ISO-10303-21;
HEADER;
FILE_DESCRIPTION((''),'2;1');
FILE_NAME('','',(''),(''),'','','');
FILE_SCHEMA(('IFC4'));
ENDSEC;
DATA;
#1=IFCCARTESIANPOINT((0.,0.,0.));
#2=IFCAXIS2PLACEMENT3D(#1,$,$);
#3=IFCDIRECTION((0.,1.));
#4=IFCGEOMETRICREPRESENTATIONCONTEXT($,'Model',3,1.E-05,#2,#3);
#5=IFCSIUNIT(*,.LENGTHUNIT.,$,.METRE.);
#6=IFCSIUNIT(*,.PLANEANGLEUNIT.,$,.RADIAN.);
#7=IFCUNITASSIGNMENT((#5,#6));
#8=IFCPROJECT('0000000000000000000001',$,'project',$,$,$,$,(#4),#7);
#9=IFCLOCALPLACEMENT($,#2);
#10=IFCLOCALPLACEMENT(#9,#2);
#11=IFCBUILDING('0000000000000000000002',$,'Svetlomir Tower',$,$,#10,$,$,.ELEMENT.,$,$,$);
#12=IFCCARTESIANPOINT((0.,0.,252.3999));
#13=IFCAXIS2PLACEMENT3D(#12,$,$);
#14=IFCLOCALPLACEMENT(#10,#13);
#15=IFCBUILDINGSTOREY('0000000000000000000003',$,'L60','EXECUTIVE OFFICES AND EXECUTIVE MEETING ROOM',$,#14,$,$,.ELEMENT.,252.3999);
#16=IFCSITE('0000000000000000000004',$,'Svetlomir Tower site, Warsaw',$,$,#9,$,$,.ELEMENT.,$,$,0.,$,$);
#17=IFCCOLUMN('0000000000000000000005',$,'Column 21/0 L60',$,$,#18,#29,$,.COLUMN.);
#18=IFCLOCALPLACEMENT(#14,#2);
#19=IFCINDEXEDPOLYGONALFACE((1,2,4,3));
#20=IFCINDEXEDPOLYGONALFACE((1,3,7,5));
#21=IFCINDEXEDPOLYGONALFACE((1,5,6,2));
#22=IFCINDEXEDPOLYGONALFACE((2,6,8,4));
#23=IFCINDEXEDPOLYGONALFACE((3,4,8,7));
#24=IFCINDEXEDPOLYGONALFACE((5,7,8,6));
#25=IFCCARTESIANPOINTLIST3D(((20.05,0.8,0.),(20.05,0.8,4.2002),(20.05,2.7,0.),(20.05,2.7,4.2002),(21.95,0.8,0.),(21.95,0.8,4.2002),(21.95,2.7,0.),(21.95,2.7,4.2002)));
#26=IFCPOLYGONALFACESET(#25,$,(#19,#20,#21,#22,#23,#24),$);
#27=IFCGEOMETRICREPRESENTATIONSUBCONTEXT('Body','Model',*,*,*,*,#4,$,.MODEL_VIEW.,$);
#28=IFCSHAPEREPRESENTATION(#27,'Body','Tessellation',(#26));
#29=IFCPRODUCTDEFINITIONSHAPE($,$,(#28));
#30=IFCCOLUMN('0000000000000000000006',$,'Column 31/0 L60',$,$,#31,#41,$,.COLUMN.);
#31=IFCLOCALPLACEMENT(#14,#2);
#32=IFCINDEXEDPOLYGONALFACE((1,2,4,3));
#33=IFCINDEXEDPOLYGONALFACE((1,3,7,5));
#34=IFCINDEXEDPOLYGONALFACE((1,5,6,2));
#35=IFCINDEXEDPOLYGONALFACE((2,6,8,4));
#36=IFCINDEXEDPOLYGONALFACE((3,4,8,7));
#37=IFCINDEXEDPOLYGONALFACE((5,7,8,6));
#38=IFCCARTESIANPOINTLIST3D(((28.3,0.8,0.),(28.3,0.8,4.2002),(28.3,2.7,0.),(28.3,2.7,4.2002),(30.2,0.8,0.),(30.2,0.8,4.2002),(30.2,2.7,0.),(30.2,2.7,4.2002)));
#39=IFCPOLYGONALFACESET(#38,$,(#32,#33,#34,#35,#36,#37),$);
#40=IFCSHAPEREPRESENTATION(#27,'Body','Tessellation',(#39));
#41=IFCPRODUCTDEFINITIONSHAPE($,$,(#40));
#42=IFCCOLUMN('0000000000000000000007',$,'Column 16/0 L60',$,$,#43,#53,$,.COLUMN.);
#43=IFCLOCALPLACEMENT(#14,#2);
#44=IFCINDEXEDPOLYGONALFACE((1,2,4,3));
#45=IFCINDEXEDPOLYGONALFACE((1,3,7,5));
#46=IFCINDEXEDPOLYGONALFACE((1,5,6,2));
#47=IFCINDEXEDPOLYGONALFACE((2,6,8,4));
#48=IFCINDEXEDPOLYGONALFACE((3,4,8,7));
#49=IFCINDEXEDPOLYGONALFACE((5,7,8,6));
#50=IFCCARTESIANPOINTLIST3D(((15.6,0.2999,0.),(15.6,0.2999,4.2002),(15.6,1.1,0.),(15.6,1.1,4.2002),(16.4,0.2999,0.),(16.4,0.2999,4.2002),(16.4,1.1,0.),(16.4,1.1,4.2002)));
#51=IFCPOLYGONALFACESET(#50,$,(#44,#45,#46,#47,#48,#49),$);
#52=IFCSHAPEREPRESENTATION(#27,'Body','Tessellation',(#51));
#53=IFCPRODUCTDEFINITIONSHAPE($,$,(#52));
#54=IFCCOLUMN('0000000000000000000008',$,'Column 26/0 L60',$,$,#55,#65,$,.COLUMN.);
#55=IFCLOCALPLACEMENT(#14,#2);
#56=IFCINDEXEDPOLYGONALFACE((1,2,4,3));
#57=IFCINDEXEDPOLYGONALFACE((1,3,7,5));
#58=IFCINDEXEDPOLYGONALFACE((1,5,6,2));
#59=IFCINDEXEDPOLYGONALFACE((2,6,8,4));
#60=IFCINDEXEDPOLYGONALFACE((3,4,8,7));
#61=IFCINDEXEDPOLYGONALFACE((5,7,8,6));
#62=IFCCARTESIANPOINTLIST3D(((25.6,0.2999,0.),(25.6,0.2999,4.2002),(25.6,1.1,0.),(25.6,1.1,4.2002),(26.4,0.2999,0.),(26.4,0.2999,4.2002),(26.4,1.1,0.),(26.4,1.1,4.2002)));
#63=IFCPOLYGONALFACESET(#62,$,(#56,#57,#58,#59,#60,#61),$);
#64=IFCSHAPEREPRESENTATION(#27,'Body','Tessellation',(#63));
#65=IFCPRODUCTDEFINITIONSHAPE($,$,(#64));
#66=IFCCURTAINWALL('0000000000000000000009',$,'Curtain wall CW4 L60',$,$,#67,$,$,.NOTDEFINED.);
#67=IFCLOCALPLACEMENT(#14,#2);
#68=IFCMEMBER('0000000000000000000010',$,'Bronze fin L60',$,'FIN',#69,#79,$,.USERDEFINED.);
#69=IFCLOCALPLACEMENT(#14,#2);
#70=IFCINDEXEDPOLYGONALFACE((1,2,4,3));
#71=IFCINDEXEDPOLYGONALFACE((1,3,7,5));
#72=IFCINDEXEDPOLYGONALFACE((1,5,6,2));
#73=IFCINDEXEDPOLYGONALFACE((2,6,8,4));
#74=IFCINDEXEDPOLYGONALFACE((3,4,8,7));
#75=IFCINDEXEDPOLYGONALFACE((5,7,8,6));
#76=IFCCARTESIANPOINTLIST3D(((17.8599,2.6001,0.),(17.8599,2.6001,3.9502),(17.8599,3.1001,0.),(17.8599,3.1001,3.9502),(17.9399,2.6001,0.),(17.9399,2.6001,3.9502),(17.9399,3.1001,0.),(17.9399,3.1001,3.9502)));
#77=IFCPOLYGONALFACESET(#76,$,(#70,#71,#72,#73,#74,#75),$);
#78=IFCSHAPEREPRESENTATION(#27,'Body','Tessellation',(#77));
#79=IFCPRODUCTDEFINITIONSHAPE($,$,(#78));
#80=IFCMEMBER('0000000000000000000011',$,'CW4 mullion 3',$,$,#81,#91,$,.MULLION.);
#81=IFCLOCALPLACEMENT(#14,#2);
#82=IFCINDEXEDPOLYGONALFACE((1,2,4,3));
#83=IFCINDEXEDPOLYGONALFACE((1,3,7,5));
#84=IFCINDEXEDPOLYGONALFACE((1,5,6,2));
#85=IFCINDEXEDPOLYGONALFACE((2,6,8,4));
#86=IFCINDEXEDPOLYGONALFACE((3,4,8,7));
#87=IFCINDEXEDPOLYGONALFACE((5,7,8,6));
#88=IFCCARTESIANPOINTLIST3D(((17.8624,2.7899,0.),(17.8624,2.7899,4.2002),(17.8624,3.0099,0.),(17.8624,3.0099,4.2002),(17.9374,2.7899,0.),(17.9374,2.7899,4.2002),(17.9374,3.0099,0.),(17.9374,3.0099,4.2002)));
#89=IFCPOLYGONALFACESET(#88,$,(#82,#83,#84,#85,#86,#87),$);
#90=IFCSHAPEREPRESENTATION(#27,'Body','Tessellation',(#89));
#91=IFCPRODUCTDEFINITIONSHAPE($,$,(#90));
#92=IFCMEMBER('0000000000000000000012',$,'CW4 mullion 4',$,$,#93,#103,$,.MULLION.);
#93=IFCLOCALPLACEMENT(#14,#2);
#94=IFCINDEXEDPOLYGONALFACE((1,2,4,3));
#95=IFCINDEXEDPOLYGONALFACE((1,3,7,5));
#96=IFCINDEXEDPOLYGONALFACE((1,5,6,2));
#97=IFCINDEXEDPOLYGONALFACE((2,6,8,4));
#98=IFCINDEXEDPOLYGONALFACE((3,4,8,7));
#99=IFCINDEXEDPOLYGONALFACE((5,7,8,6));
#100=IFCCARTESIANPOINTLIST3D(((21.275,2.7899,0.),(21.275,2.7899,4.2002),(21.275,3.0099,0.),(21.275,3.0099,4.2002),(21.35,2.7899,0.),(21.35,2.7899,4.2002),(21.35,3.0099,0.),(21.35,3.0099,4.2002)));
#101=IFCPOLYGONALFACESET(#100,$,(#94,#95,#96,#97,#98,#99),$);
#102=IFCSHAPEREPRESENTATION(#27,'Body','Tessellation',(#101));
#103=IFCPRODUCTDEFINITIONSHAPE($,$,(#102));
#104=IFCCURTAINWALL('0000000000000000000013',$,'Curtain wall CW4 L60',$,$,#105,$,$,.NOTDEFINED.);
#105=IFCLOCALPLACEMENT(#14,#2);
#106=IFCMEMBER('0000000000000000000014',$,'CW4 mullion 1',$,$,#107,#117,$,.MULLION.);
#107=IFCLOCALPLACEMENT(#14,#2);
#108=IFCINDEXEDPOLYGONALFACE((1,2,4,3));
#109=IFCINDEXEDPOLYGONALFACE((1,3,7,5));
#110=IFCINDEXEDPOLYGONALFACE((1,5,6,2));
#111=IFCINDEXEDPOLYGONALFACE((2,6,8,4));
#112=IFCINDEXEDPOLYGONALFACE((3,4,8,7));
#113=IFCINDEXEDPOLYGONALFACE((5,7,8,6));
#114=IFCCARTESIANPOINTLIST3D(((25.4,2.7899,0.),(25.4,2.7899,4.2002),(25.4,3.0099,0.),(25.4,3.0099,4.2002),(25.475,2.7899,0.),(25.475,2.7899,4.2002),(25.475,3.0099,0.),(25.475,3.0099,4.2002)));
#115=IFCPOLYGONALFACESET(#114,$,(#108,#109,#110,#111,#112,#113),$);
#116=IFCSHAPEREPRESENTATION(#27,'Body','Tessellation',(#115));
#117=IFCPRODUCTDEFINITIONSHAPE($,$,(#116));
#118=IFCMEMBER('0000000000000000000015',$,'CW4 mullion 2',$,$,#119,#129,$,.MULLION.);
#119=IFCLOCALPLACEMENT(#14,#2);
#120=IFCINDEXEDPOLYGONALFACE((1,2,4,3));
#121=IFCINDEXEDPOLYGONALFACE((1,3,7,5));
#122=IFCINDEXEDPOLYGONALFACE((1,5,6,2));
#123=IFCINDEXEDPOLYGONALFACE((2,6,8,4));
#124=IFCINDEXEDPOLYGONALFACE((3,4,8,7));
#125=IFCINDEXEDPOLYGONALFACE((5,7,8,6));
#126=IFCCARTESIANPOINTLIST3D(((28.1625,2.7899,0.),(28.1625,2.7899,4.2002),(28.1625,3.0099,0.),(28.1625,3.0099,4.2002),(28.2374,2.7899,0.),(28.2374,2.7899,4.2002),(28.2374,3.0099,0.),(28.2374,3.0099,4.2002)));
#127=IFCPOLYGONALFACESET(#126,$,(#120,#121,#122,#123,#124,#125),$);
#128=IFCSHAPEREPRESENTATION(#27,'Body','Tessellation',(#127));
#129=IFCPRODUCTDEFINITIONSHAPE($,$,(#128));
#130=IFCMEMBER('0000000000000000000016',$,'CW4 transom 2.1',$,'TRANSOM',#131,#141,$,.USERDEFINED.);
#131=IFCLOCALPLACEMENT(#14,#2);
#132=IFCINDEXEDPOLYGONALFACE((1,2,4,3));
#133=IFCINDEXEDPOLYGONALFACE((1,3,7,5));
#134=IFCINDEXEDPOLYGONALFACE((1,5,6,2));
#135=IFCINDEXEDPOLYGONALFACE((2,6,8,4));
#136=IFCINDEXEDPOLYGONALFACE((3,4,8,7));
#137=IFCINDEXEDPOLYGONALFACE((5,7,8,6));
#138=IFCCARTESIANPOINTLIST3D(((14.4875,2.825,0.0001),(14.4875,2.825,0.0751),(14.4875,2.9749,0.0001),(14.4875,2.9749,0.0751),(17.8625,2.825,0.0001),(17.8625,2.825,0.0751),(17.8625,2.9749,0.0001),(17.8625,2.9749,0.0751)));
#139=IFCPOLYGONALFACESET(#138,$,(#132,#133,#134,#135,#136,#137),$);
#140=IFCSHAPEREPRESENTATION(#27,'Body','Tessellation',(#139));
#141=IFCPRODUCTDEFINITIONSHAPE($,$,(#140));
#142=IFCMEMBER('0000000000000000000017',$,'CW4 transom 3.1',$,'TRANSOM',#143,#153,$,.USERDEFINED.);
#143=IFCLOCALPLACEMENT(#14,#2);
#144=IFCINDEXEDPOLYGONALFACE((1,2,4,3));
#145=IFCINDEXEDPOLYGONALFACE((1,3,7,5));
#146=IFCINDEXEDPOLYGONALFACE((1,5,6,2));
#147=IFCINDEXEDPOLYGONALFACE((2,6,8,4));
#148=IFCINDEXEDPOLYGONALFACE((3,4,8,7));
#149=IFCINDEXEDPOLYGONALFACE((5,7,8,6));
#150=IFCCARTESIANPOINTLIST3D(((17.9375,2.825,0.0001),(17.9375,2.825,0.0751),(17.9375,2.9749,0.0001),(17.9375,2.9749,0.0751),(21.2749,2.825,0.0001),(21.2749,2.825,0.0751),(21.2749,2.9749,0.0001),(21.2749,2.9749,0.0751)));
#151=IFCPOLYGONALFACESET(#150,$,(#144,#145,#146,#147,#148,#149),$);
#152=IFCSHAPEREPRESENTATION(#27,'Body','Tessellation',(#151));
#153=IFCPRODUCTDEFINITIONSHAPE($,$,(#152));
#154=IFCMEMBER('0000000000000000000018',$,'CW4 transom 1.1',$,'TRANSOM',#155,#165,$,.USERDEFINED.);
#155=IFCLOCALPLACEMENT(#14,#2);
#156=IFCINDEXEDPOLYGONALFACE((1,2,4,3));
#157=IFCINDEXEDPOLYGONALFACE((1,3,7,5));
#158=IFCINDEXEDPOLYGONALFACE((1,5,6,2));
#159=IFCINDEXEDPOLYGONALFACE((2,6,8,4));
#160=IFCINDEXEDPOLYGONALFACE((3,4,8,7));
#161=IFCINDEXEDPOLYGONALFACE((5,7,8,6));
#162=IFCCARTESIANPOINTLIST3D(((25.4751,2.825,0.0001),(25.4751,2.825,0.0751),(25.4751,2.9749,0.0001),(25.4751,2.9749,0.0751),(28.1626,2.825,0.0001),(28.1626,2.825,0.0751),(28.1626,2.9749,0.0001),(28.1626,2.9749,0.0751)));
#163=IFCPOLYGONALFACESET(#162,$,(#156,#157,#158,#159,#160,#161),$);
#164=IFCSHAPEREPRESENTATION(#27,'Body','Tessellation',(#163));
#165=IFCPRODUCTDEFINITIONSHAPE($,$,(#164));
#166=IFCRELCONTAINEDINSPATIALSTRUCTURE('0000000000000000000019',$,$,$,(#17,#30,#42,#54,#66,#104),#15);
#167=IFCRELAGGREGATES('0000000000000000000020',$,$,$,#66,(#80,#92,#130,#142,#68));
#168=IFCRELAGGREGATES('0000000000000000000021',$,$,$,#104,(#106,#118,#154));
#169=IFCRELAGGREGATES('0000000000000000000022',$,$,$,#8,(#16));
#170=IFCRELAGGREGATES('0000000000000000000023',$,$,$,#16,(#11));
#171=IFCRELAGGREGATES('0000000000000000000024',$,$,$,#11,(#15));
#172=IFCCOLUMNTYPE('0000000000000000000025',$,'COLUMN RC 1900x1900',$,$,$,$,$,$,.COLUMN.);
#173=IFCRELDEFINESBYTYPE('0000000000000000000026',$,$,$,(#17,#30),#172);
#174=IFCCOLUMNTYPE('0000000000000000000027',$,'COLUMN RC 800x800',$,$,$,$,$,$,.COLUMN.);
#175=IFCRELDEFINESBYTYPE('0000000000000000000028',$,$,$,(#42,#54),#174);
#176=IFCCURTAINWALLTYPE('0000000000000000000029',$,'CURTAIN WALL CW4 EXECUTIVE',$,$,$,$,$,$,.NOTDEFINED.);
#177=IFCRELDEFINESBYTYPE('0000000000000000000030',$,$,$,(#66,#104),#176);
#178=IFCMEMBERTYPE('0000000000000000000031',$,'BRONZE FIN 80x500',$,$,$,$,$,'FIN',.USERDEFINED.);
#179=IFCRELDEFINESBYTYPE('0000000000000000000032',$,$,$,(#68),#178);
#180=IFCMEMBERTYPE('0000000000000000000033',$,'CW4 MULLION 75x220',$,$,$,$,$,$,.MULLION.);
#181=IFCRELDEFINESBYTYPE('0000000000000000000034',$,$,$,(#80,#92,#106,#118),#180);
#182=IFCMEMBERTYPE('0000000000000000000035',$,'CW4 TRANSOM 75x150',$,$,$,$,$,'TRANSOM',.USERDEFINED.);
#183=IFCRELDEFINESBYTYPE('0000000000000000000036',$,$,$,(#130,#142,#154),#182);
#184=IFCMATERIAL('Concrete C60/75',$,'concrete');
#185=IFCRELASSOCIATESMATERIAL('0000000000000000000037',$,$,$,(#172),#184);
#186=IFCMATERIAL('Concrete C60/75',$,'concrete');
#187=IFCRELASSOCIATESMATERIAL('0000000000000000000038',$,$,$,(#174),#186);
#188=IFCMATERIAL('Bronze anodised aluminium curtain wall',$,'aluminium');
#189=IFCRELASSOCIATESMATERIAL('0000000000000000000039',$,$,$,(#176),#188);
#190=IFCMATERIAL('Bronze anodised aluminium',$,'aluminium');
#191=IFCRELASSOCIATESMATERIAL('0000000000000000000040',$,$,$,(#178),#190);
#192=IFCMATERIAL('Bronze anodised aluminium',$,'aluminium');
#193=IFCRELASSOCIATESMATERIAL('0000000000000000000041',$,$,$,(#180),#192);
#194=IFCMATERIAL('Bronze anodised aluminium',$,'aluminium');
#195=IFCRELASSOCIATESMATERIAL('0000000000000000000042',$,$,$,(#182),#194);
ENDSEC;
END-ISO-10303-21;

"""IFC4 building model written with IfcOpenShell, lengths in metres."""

from ifc_helpers import new_model, si_unit, direction, frame, origin, origin_2d, place, context, subcontext, project, spatial, rectangle, extrude, material, material_profile, profile_set, type_object, element, aggregate, save


model = new_model("IFC4")

# Units and contexts
model_context = context("Model", 3, precision=1e-05, world=origin(), true_north=direction((0.0, 1.0)))
body_context = subcontext(model_context, "Body", "Model", "MODEL_VIEW")
ifc_project = project(units=[si_unit("LENGTHUNIT", "METRE"), si_unit("PLANEANGLEUNIT", "RADIAN")], contexts=[model_context])

# Site, building, storey
site_placement = place(None, origin())
site = spatial("IfcSite", under=ifc_project, at=site_placement, Name="Svetlomir Tower site, Warsaw", CompositionType="ELEMENT", RefElevation=0.0)
building_placement = place(site_placement, origin())
building = spatial("IfcBuilding", under=site, at=building_placement, Name="Svetlomir Tower", CompositionType="ELEMENT")
storey_placement = place(building_placement, frame((0.0, 0.0, 252.3999)))
storey = spatial("IfcBuildingStorey", under=building, at=storey_placement, Name="L60", Description="EXECUTIVE OFFICES AND EXECUTIVE MEETING ROOM", CompositionType="ELEMENT", Elevation=252.3999)

# Columns
ifc_material_1 = material(Name="Concrete C60/75", Category="concrete")
ifc_material_profile_1 = material_profile(ifc_material_1, rectangle(XDim=1.8999, YDim=1.8999, at=origin_2d()), Name="RC 1900x1900")
ifc_profile_set_1 = profile_set([ifc_material_profile_1], Name="Concrete C60/75")
column_type_1 = type_object("IfcColumnType", Name="COLUMN RC 1900x1900", PredefinedType="COLUMN", material=ifc_profile_set_1)
for number, where, z_axis, x_axis, name in (
    (1, (21.0, 1.75, 0.0), (0.0, 0.0, 1.0), (1.0, 0.0, 0.0), "Column 21/0 L60"),
    (2, (29.25, 1.75, 0.0), (0.0, 0.0, 1.0), (1.0, 0.0, 0.0), "Column 31/0 L60"),
):
    element("IfcColumn", number, at=place(storey_placement, frame(where, z_axis=z_axis, x_axis=x_axis)), inside=storey, type_object=column_type_1, Name=name, PredefinedType="COLUMN", context=body_context, shape_type="SweptSolid", body=[
        extrude(rectangle(XDim=1.8999, YDim=1.8999, at=origin_2d()), origin(), (0.0, 0.0, 1.0), 4.2002),
    ])
ifc_material_2 = material(Name="Concrete C60/75", Category="concrete")
ifc_material_profile_2 = material_profile(ifc_material_2, rectangle(XDim=0.8, YDim=0.8, at=origin_2d()), Name="RC 800x800")
ifc_profile_set_2 = profile_set([ifc_material_profile_2], Name="Concrete C60/75")
column_type_2 = type_object("IfcColumnType", Name="COLUMN RC 800x800", PredefinedType="COLUMN", material=ifc_profile_set_2)
for number, where, z_axis, x_axis, name in (
    (3, (16.0, 0.7, 0.0), (0.0, 0.0, 1.0), (1.0, 0.0, 0.0), "Column 16/0 L60"),
    (4, (26.0, 0.7, 0.0), (0.0, 0.0, 1.0), (1.0, 0.0, 0.0), "Column 26/0 L60"),
):
    element("IfcColumn", number, at=place(storey_placement, frame(where, z_axis=z_axis, x_axis=x_axis)), inside=storey, type_object=column_type_2, Name=name, PredefinedType="COLUMN", context=body_context, shape_type="SweptSolid", body=[
        extrude(rectangle(XDim=0.8, YDim=0.8, at=origin_2d()), origin(), (0.0, 0.0, 1.0), 4.2002),
    ])

# Curtain walls, members
ifc_material_3 = material(Name="Bronze anodised aluminium curtain wall", Category="aluminium")
curtain_wall_type = type_object("IfcCurtainWallType", Name="CURTAIN WALL CW4 EXECUTIVE", PredefinedType="NOTDEFINED", material=ifc_material_3)
curtain_wall_1_placement = place(storey_placement, origin())
curtain_wall_1 = element("IfcCurtainWall", 5, at=curtain_wall_1_placement, inside=storey, type_object=curtain_wall_type, Name="Curtain wall CW4 L60", PredefinedType="NOTDEFINED")
ifc_material_4 = material(Name="Bronze anodised aluminium", Category="aluminium")
ifc_material_profile_3 = material_profile(ifc_material_4, rectangle(XDim=0.0801, YDim=0.5, at=origin_2d()), Name="FIN 80x500")
ifc_profile_set_3 = profile_set([ifc_material_profile_3], Name="Bronze anodised aluminium 6063-T6")
member_type_1 = type_object("IfcMemberType", Name="BRONZE FIN 80x500", ElementType="FIN", PredefinedType="USERDEFINED", material=ifc_profile_set_3)
member_1_placement = place(storey_placement, frame((17.8999, 2.8501, 0.0), z_axis=(0.0, 0.0, 1.0), x_axis=(1.0, 0.0, 0.0)))
member_1 = element("IfcMember", 6, at=member_1_placement, type_object=member_type_1, Name="Bronze fin L60", ObjectType="FIN", PredefinedType="USERDEFINED", context=body_context, shape_type="SweptSolid", body=[
    extrude(rectangle(XDim=0.0801, YDim=0.5, at=origin_2d()), origin(), (0.0, 0.0, 1.0), 3.9502),
])
ifc_material_5 = material(Name="Bronze anodised aluminium", Category="aluminium")
ifc_material_profile_4 = material_profile(ifc_material_5, rectangle(XDim=0.075, YDim=0.22, at=origin_2d()), Name="AL 75x220")
ifc_profile_set_4 = profile_set([ifc_material_profile_4], Name="Bronze anodised aluminium 6063-T6")
member_type_2 = type_object("IfcMemberType", Name="CW4 MULLION 75x220", PredefinedType="MULLION", material=ifc_profile_set_4)
member_2_placement = place(storey_placement, frame((17.8999, 2.8999, 0.0), z_axis=(0.0, 0.0, 1.0), x_axis=(1.0, 0.0, 0.0)))
member_2 = element("IfcMember", 7, at=member_2_placement, type_object=member_type_2, Name="CW4 mullion 3", PredefinedType="MULLION", context=body_context, shape_type="SweptSolid", body=[
    extrude(rectangle(XDim=0.075, YDim=0.22, at=origin_2d()), origin(), (0.0, 0.0, 1.0), 4.2002),
])
member_3_placement = place(storey_placement, frame((21.3125, 2.8999, 0.0), z_axis=(0.0, 0.0, 1.0), x_axis=(1.0, 0.0, 0.0)))
member_3 = element("IfcMember", 8, at=member_3_placement, type_object=member_type_2, Name="CW4 mullion 4", PredefinedType="MULLION", context=body_context, shape_type="SweptSolid", body=[
    extrude(rectangle(XDim=0.075, YDim=0.22, at=origin_2d()), origin(), (0.0, 0.0, 1.0), 4.2002),
])
curtain_wall_2_placement = place(storey_placement, origin())
curtain_wall_2 = element("IfcCurtainWall", 9, at=curtain_wall_2_placement, inside=storey, type_object=curtain_wall_type, Name="Curtain wall CW4 L60", PredefinedType="NOTDEFINED")
member_4_placement = place(storey_placement, frame((25.4375, 2.8999, 0.0), z_axis=(0.0, 0.0, 1.0), x_axis=(1.0, 0.0, 0.0)))
member_4 = element("IfcMember", 10, at=member_4_placement, type_object=member_type_2, Name="CW4 mullion 1", PredefinedType="MULLION", context=body_context, shape_type="SweptSolid", body=[
    extrude(rectangle(XDim=0.075, YDim=0.22, at=origin_2d()), origin(), (0.0, 0.0, 1.0), 4.2002),
])
member_5_placement = place(storey_placement, frame((28.2, 2.8999, 0.0), z_axis=(0.0, 0.0, 1.0), x_axis=(1.0, 0.0, 0.0)))
member_5 = element("IfcMember", 11, at=member_5_placement, type_object=member_type_2, Name="CW4 mullion 2", PredefinedType="MULLION", context=body_context, shape_type="SweptSolid", body=[
    extrude(rectangle(XDim=0.075, YDim=0.22, at=origin_2d()), origin(), (0.0, 0.0, 1.0), 4.2002),
])

# Members
ifc_material_6 = material(Name="Bronze anodised aluminium", Category="aluminium")
ifc_material_profile_5 = material_profile(ifc_material_6, rectangle(XDim=0.1499, YDim=0.075, at=origin_2d()), Name="AL 150x75")
ifc_profile_set_5 = profile_set([ifc_material_profile_5], Name="Bronze anodised aluminium 6063-T6")
member_type_3 = type_object("IfcMemberType", Name="CW4 TRANSOM 75x150", ElementType="TRANSOM", PredefinedType="USERDEFINED", material=ifc_profile_set_5)
member_6_placement = place(storey_placement, frame((14.4875, 2.8999, 0.0376), z_axis=(1.0, 0.0, 0.0), x_axis=(0.0, 1.0, 0.0)))
member_6 = element("IfcMember", 12, at=member_6_placement, type_object=member_type_3, Name="CW4 transom 2.1", ObjectType="TRANSOM", PredefinedType="USERDEFINED", context=body_context, shape_type="SweptSolid", body=[
    extrude(rectangle(XDim=0.1499, YDim=0.075, at=origin_2d()), origin(), (0.0, 0.0, 1.0), 3.375),
])
member_7_placement = place(storey_placement, frame((17.9375, 2.8999, 0.0376), z_axis=(1.0, 0.0, 0.0), x_axis=(0.0, 1.0, 0.0)))
member_7 = element("IfcMember", 13, at=member_7_placement, type_object=member_type_3, Name="CW4 transom 3.1", ObjectType="TRANSOM", PredefinedType="USERDEFINED", context=body_context, shape_type="SweptSolid", body=[
    extrude(rectangle(XDim=0.1499, YDim=0.075, at=origin_2d()), origin(), (0.0, 0.0, 1.0), 3.3374),
])
member_8_placement = place(storey_placement, frame((25.4751, 2.8999, 0.0376), z_axis=(1.0, 0.0, 0.0), x_axis=(0.0, 1.0, 0.0)))
member_8 = element("IfcMember", 14, at=member_8_placement, type_object=member_type_3, Name="CW4 transom 1.1", ObjectType="TRANSOM", PredefinedType="USERDEFINED", context=body_context, shape_type="SweptSolid", body=[
    extrude(rectangle(XDim=0.1499, YDim=0.075, at=origin_2d()), origin(), (0.0, 0.0, 1.0), 2.6875),
])

aggregate(curtain_wall_1, [member_2, member_3, member_6, member_7, member_1])
aggregate(curtain_wall_2, [member_4, member_5, member_8])

save(model, "model.ifc")
